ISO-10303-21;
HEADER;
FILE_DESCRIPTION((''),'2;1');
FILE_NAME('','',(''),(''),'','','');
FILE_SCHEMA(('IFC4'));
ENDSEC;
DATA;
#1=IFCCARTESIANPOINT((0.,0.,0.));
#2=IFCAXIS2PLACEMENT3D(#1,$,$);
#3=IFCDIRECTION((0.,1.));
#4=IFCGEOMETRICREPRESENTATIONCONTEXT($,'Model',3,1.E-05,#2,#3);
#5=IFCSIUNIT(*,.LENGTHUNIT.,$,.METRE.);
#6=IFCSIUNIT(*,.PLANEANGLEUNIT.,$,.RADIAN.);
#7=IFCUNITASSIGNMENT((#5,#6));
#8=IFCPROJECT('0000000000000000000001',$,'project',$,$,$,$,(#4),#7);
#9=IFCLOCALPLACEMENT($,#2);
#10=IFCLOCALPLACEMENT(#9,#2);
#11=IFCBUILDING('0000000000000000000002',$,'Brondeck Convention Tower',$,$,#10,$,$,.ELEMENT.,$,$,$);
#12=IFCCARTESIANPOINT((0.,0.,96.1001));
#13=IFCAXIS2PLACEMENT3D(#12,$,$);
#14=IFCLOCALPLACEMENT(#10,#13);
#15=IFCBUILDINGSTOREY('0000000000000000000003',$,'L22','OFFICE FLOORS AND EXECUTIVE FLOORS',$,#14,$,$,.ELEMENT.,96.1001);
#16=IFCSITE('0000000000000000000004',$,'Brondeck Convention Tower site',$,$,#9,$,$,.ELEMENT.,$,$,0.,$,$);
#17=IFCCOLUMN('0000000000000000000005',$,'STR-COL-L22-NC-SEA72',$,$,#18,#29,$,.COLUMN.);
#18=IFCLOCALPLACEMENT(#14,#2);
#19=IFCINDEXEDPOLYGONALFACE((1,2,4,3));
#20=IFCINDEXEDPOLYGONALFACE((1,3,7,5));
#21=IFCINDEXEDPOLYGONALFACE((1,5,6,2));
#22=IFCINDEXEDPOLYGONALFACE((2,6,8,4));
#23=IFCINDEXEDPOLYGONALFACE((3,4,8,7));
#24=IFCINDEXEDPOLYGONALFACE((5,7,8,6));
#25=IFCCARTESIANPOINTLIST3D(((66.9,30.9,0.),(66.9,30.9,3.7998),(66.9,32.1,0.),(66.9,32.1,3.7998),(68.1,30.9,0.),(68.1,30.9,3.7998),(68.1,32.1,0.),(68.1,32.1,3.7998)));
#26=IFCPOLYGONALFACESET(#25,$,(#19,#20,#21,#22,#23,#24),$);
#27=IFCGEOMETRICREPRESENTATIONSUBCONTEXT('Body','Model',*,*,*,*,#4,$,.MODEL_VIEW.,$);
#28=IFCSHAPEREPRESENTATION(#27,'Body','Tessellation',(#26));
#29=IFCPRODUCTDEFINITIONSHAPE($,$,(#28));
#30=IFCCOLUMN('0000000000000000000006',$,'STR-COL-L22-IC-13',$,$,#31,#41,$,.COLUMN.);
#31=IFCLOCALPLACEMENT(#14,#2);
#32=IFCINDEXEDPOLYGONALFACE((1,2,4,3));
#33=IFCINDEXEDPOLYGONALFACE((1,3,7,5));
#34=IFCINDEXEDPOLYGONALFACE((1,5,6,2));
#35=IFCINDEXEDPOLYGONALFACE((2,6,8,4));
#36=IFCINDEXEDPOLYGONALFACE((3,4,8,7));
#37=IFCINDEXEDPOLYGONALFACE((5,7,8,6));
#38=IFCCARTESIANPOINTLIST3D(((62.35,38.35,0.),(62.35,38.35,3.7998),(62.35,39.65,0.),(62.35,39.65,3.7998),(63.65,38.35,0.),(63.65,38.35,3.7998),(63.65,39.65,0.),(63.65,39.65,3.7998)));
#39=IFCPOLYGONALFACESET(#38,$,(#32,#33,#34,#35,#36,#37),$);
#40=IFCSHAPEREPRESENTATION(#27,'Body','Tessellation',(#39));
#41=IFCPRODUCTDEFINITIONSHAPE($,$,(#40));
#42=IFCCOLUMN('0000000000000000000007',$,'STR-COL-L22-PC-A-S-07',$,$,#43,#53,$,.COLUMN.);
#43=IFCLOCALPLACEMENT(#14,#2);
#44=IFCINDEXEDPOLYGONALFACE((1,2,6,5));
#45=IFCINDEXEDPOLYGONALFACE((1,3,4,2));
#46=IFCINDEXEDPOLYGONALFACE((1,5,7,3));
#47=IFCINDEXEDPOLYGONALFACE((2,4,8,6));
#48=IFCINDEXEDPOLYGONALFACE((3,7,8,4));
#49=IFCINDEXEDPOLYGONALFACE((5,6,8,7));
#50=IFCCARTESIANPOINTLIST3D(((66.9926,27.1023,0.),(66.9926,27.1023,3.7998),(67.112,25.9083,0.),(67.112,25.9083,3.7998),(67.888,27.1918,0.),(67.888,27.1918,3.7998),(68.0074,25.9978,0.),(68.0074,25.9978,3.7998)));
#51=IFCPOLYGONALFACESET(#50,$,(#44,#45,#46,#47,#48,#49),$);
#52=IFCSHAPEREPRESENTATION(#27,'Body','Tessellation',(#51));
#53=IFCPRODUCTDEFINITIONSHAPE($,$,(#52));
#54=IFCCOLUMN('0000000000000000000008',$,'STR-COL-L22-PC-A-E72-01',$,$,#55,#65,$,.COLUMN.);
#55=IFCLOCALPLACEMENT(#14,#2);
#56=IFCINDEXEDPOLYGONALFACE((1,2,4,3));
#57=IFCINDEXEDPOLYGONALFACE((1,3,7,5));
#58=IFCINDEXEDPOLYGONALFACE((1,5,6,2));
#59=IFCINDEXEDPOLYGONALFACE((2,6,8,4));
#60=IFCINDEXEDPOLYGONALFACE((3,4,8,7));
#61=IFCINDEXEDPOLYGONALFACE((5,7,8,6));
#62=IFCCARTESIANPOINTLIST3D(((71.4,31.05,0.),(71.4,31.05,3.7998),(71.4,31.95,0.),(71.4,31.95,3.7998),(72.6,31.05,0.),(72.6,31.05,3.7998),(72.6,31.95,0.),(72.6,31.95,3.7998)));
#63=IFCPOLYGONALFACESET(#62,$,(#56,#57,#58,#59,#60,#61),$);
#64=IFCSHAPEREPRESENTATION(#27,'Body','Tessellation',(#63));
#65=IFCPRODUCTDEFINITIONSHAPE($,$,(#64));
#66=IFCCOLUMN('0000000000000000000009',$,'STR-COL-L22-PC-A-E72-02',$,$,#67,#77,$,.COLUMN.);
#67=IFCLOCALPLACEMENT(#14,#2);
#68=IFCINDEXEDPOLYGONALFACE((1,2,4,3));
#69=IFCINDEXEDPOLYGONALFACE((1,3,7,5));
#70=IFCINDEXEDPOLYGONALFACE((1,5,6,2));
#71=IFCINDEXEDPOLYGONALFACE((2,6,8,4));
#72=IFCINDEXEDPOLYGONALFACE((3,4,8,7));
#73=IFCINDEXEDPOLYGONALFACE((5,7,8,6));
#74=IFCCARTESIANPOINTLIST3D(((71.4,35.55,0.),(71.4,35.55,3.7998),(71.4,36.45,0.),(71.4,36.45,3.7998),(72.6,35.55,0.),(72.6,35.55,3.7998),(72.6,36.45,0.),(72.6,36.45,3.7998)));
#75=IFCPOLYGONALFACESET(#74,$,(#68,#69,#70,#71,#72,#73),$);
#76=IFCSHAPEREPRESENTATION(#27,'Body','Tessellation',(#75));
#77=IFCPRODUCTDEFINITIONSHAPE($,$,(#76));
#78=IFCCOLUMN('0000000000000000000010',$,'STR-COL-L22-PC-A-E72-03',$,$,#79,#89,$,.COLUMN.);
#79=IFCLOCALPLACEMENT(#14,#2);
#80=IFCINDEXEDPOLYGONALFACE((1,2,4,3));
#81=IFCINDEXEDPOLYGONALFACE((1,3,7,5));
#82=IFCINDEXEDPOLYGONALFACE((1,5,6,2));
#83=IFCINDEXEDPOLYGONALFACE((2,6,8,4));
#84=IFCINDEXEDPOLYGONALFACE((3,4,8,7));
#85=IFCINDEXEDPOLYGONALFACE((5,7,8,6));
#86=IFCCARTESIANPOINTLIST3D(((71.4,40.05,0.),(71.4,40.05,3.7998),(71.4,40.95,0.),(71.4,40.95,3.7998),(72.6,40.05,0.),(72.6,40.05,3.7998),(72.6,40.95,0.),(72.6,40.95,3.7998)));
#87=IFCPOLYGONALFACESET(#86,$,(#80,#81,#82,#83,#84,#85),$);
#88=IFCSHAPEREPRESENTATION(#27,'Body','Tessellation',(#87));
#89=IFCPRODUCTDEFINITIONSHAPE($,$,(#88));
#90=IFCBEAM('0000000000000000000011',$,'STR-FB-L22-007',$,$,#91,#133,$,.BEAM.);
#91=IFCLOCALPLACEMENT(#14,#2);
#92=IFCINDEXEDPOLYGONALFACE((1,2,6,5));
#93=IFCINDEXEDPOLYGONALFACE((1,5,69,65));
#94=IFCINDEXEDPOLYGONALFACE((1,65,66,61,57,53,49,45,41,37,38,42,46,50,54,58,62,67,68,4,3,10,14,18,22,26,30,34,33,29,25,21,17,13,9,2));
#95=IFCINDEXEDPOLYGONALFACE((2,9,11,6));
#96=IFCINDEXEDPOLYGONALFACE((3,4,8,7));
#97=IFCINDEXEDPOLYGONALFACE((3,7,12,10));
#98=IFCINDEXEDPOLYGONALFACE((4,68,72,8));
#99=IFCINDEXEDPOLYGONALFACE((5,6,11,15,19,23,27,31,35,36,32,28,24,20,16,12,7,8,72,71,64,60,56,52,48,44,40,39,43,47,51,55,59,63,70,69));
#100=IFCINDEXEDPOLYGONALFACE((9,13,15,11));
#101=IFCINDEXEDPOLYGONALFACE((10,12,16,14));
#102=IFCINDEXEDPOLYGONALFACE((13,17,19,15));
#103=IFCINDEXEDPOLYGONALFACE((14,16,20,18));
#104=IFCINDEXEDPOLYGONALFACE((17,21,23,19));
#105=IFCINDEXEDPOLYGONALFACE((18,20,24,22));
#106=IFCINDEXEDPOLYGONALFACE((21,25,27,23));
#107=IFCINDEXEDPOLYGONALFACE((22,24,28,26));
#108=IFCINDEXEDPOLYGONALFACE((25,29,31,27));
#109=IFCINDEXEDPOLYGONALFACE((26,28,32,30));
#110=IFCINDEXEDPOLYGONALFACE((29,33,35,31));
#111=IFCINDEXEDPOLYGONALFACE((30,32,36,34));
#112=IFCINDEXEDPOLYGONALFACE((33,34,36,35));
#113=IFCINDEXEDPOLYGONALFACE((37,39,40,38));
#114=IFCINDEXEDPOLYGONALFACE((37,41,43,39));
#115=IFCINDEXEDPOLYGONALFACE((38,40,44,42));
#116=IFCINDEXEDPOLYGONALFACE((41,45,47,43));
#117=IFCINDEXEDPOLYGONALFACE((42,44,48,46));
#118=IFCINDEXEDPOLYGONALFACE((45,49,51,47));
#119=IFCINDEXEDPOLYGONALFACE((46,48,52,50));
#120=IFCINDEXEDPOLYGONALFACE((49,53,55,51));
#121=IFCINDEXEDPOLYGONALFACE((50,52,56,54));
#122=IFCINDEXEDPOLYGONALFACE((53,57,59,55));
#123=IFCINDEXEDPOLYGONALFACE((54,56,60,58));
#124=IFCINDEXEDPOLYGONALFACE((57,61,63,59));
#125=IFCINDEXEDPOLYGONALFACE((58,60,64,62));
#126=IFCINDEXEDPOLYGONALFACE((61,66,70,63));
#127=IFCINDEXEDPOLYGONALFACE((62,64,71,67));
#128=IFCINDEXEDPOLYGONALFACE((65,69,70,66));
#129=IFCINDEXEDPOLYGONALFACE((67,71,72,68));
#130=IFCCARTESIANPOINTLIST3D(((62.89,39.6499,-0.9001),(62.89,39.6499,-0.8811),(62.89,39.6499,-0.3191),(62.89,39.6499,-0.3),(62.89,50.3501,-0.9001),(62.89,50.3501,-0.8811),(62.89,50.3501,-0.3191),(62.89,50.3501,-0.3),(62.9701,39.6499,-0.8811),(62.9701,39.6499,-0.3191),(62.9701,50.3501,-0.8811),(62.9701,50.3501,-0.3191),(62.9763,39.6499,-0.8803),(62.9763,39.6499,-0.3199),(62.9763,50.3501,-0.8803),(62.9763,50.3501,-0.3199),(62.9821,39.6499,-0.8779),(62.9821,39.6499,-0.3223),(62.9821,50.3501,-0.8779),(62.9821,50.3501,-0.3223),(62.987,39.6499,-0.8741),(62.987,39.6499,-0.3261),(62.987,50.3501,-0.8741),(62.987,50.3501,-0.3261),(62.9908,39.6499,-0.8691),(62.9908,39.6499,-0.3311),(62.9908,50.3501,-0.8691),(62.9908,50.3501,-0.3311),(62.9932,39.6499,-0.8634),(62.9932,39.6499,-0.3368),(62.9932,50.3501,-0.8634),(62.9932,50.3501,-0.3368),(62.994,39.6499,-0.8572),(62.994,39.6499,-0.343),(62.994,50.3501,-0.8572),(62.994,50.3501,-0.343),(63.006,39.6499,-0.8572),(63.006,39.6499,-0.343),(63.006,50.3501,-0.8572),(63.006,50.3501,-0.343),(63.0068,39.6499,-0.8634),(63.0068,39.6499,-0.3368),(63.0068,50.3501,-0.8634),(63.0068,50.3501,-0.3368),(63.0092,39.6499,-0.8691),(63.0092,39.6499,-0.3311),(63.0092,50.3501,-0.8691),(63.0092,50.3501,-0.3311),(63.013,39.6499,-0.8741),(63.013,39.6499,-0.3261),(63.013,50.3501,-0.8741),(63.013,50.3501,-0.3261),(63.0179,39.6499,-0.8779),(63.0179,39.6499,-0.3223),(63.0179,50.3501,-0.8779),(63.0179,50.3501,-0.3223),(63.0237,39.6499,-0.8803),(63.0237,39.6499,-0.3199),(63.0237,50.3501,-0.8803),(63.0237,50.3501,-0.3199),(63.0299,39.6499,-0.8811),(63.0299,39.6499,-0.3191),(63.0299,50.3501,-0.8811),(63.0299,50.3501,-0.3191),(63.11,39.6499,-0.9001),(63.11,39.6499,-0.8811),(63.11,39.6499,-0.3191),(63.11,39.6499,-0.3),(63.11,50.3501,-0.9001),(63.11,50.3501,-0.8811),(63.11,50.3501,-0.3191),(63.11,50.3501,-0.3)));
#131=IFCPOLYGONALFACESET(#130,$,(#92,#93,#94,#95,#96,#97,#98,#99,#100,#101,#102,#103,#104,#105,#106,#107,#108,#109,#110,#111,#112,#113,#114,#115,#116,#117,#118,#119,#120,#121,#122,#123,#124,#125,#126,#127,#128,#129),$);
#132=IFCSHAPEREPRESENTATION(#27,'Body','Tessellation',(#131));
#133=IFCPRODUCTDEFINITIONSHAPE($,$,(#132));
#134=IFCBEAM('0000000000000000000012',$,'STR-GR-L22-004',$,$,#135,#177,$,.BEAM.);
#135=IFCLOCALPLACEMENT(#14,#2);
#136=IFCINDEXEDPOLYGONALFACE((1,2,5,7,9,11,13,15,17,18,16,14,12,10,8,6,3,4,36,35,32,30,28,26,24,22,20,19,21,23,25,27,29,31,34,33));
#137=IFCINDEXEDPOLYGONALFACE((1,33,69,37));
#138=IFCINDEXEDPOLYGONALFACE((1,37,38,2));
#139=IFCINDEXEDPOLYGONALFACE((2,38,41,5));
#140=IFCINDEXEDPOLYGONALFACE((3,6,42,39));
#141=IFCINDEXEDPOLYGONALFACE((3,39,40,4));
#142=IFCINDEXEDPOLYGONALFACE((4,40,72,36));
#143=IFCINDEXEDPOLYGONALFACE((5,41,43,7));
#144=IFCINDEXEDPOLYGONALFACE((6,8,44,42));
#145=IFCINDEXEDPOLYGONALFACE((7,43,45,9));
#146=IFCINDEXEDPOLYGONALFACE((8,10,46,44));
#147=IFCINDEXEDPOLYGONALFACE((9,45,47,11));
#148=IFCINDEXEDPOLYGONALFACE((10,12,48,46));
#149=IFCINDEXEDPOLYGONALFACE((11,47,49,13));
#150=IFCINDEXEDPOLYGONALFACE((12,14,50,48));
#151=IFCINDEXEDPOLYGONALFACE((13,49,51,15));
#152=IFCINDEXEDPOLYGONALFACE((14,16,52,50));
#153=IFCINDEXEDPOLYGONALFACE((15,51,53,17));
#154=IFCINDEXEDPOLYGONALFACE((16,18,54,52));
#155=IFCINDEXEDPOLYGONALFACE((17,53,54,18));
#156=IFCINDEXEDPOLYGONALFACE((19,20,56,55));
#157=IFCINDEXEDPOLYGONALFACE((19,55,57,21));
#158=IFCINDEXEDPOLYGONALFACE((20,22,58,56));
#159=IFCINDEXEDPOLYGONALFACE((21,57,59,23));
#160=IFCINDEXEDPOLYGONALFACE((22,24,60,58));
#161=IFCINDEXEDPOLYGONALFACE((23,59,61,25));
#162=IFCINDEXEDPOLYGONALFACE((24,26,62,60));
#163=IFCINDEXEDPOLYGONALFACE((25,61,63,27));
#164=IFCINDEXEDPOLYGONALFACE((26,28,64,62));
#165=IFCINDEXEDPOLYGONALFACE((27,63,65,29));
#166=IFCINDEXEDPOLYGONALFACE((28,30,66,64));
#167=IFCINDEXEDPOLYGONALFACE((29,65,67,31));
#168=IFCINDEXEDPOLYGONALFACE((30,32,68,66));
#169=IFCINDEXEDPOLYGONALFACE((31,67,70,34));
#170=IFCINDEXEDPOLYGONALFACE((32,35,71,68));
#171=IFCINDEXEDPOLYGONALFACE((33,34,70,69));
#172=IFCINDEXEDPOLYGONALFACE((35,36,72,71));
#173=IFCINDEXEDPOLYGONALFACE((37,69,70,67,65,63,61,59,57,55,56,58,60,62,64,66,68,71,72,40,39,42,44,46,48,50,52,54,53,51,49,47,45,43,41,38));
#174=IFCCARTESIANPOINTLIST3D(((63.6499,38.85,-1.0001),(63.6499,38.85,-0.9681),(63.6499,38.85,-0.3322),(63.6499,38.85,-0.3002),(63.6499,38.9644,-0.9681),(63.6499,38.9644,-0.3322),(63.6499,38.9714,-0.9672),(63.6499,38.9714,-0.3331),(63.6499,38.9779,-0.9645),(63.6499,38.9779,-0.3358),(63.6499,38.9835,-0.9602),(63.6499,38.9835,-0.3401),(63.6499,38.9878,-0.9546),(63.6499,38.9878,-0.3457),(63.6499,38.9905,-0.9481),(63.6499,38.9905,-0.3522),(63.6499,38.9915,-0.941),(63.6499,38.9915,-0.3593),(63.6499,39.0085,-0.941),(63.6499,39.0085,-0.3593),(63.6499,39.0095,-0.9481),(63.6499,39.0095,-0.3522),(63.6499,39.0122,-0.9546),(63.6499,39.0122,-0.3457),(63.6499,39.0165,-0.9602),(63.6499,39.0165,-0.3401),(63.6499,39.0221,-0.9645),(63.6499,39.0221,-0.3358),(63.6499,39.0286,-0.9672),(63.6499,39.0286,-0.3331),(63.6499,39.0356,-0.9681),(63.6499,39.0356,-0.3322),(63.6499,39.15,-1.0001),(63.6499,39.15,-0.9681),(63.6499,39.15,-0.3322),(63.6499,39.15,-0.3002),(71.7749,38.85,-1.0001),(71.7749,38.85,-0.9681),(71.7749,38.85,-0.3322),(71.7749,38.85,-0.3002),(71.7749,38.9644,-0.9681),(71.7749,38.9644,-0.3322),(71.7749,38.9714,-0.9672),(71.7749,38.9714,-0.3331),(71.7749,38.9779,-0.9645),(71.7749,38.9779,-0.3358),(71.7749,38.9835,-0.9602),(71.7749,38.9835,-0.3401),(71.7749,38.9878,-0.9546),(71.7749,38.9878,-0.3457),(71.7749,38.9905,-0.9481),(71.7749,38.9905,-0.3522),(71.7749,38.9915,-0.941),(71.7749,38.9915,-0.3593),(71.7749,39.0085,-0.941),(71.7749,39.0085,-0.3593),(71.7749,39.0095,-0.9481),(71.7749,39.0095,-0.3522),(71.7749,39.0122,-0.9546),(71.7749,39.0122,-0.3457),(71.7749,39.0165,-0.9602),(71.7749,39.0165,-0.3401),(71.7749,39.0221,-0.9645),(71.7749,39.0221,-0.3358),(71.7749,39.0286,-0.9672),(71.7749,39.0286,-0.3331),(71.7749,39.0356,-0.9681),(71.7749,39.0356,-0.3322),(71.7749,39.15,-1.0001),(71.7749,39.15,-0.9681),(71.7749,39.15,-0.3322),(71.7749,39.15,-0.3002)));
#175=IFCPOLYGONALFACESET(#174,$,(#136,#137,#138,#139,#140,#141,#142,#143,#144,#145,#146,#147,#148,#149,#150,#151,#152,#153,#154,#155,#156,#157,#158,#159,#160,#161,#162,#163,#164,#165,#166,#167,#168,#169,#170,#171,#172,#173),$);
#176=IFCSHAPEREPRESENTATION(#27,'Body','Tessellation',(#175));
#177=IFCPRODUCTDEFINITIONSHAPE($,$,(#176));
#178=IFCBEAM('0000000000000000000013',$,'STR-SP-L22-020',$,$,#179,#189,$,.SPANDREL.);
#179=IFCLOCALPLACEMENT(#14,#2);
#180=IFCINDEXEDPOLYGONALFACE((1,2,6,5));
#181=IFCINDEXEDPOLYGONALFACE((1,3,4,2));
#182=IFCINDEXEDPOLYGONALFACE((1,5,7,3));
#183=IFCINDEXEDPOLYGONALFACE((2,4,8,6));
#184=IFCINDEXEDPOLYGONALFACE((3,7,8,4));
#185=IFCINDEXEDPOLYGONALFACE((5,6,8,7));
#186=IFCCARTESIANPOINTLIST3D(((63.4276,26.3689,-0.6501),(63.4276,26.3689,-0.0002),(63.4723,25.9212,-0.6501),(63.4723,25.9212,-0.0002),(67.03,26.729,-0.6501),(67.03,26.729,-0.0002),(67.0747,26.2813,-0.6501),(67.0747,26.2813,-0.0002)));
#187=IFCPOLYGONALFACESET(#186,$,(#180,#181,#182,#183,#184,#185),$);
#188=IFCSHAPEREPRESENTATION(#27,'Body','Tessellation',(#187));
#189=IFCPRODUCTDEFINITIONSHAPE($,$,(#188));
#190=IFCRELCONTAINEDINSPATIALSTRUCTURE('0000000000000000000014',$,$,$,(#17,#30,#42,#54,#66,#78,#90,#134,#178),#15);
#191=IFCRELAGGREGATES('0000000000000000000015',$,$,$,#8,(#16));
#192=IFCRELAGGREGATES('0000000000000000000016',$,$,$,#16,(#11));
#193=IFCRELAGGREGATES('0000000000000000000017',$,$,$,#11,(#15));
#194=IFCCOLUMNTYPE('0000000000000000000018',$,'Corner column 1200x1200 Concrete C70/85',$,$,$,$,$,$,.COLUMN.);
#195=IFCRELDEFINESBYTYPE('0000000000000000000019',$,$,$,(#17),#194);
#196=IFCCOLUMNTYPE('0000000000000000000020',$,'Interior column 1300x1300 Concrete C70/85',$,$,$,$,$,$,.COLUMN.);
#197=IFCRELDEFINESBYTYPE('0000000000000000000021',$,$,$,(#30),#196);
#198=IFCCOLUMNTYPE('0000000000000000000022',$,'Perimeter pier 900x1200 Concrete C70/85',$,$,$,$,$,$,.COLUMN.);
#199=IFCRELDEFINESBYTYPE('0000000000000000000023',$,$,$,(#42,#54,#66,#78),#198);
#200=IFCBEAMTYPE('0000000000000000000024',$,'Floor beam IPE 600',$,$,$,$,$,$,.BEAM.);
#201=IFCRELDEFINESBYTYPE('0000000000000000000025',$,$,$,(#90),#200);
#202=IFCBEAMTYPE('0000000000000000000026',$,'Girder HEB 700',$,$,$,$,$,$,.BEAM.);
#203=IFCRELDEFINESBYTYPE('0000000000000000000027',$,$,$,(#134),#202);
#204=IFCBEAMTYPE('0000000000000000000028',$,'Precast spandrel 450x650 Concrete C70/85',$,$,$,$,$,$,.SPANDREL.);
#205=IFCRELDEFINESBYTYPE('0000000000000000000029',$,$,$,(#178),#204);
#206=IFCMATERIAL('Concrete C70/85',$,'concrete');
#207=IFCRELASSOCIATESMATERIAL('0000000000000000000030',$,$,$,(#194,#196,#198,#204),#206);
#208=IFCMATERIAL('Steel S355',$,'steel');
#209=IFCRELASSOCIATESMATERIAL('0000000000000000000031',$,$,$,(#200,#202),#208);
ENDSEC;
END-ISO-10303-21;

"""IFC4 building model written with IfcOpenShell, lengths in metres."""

from ifc_helpers import new_model, si_unit, direction, frame, origin, origin_2d, place, context, subcontext, project, spatial, rectangle, i_section, extrude, material, material_profile, profile_set, type_object, element, save


model = new_model("IFC4")

# Units and contexts
model_context = context("Model", 3, precision=1e-05, world=origin(), true_north=direction((0.0, 1.0)))
body_context = subcontext(model_context, "Body", "Model", "MODEL_VIEW")
ifc_project = project(units=[si_unit("LENGTHUNIT", "METRE"), si_unit("PLANEANGLEUNIT", "RADIAN")], contexts=[model_context])

# Site, building, storey
site_placement = place(None, origin())
site = spatial("IfcSite", under=ifc_project, at=site_placement, Name="Brondeck Convention Tower site", CompositionType="ELEMENT", RefElevation=0.0)
building_placement = place(site_placement, origin())
building = spatial("IfcBuilding", under=site, at=building_placement, Name="Brondeck Convention Tower", CompositionType="ELEMENT")
storey_placement = place(building_placement, frame((0.0, 0.0, 96.1001)))
storey = spatial("IfcBuildingStorey", under=building, at=storey_placement, Name="L22", Description="OFFICE FLOORS AND EXECUTIVE FLOORS", CompositionType="ELEMENT", Elevation=96.1001)

# Columns
ifc_material_1 = material(Name="Concrete C70/85", Category="concrete")
ifc_material_profile_1 = material_profile(ifc_material_1, rectangle(XDim=1.2, YDim=1.2, at=origin_2d()), Name="Corner column 1200x1200 Concrete C70/85")
ifc_profile_set_1 = profile_set([ifc_material_profile_1], Name="Concrete C70/85")
column_type_1 = type_object("IfcColumnType", Name="Corner column 1200x1200 Concrete C70/85", PredefinedType="COLUMN", material=ifc_profile_set_1)
column_1_placement = place(storey_placement, frame((67.5, 31.5, 0.0), z_axis=(0.0, 0.0, 1.0), x_axis=(1.0, 0.0, 0.0)))
element("IfcColumn", 1, at=column_1_placement, inside=storey, type_object=column_type_1, Name="STR-COL-L22-NC-SEA72", PredefinedType="COLUMN", context=body_context, shape_type="SweptSolid", body=[
    extrude(rectangle(XDim=1.2, YDim=1.2, at=origin_2d()), origin(), (0.0, 0.0, 1.0), 3.7998),
])
ifc_material_profile_2 = material_profile(ifc_material_1, rectangle(XDim=1.3, YDim=1.3, at=origin_2d()), Name="Interior column 1300x1300 Concrete C70/85")
ifc_profile_set_2 = profile_set([ifc_material_profile_2], Name="Concrete C70/85")
column_type_2 = type_object("IfcColumnType", Name="Interior column 1300x1300 Concrete C70/85", PredefinedType="COLUMN", material=ifc_profile_set_2)
column_2_placement = place(storey_placement, frame((63.0, 39.0, 0.0), z_axis=(0.0, 0.0, 1.0), x_axis=(1.0, 0.0, 0.0)))
element("IfcColumn", 2, at=column_2_placement, inside=storey, type_object=column_type_2, Name="STR-COL-L22-IC-13", PredefinedType="COLUMN", context=body_context, shape_type="SweptSolid", body=[
    extrude(rectangle(XDim=1.3, YDim=1.3, at=origin_2d()), origin(), (0.0, 0.0, 1.0), 3.7998),
])
ifc_material_profile_3 = material_profile(ifc_material_1, rectangle(XDim=0.8999, YDim=1.2, at=origin_2d()), Name="Perimeter pier 900x1200 Concrete C70/85")
ifc_profile_set_3 = profile_set([ifc_material_profile_3], Name="Concrete C70/85")
column_type_3 = type_object("IfcColumnType", Name="Perimeter pier 900x1200 Concrete C70/85", PredefinedType="COLUMN", material=ifc_profile_set_3)
for number, where, z_axis, x_axis, name in (
    (3, (67.5, 26.55, 0.0), (0.0, 0.0, 1.0), (0.995037, 0.099504, 0.0), "STR-COL-L22-PC-A-S-07"),
    (4, (72.0, 31.5, 0.0), (0.0, 0.0, 1.0), (0.0, 1.0, 0.0), "STR-COL-L22-PC-A-E72-01"),
    (5, (72.0, 36.0, 0.0), (0.0, 0.0, 1.0), (0.0, 1.0, 0.0), "STR-COL-L22-PC-A-E72-02"),
    (6, (72.0, 40.5, 0.0), (0.0, 0.0, 1.0), (0.0, 1.0, 0.0), "STR-COL-L22-PC-A-E72-03"),
):
    element("IfcColumn", number, at=place(storey_placement, frame(where, z_axis=z_axis, x_axis=x_axis)), inside=storey, type_object=column_type_3, Name=name, PredefinedType="COLUMN", context=body_context, shape_type="SweptSolid", body=[
        extrude(rectangle(XDim=0.8999, YDim=1.2, at=origin_2d()), origin(), (0.0, 0.0, 1.0), 3.7998),
    ])

# Beams
ifc_material_2 = material(Name="Steel S355", Category="steel")
ifc_material_profile_4 = material_profile(ifc_material_2, i_section(OverallWidth=0.22, OverallDepth=0.6001, WebThickness=0.012, FlangeThickness=0.019, FilletRadius=0.0239, at=origin_2d()), Name="IPE 600")
ifc_profile_set_4 = profile_set([ifc_material_profile_4], Name="Steel S355")
beam_type_1 = type_object("IfcBeamType", Name="Floor beam IPE 600", PredefinedType="BEAM", material=ifc_profile_set_4)
beam_1_placement = place(storey_placement, frame((63.0, 39.6499, -0.6001), z_axis=(0.0, 1.0, 0.0), x_axis=(-1.0, 0.0, 0.0)))
element("IfcBeam", 7, at=beam_1_placement, inside=storey, type_object=beam_type_1, Name="STR-FB-L22-007", PredefinedType="BEAM", context=body_context, shape_type="SweptSolid", body=[
    extrude(i_section(OverallWidth=0.22, OverallDepth=0.6001, WebThickness=0.012, FlangeThickness=0.019, FilletRadius=0.0239, at=origin_2d()), origin(), (0.0, 0.0, 1.0), 10.7002),
])
ifc_material_profile_5 = material_profile(ifc_material_2, i_section(OverallWidth=0.3, OverallDepth=0.7, WebThickness=0.0171, FlangeThickness=0.032, FilletRadius=0.0271, at=origin_2d()), Name="HEB 700")
ifc_profile_set_5 = profile_set([ifc_material_profile_5], Name="Steel S355")
beam_type_2 = type_object("IfcBeamType", Name="Girder HEB 700", PredefinedType="BEAM", material=ifc_profile_set_5)
beam_2_placement = place(storey_placement, frame((63.6499, 39.0, -0.6501), z_axis=(1.0, 0.0, 0.0), x_axis=(0.0, 1.0, 0.0)))
element("IfcBeam", 8, at=beam_2_placement, inside=storey, type_object=beam_type_2, Name="STR-GR-L22-004", PredefinedType="BEAM", context=body_context, shape_type="SweptSolid", body=[
    extrude(i_section(OverallWidth=0.3, OverallDepth=0.7, WebThickness=0.0171, FlangeThickness=0.032, FilletRadius=0.0271, at=origin_2d()), origin(), (0.0, 0.0, 1.0), 8.125),
])
ifc_material_profile_6 = material_profile(ifc_material_1, rectangle(XDim=0.45, YDim=0.6499, at=origin_2d()), Name="Precast spandrel 450x650 Concrete C70/85")
ifc_profile_set_6 = profile_set([ifc_material_profile_6], Name="Concrete C70/85")
beam_type_3 = type_object("IfcBeamType", Name="Precast spandrel 450x650 Concrete C70/85", PredefinedType="SPANDREL", material=ifc_profile_set_6)
beam_3_placement = place(storey_placement, frame((63.45, 26.145, -0.3252), z_axis=(0.995041, 0.09947, 0.0), x_axis=(-0.09947, 0.995041, 0.0)))
element("IfcBeam", 9, at=beam_3_placement, inside=storey, type_object=beam_type_3, Name="STR-SP-L22-020", PredefinedType="SPANDREL", context=body_context, shape_type="SweptSolid", body=[
    extrude(rectangle(XDim=0.45, YDim=0.6499, at=origin_2d()), origin(), (0.0, 0.0, 1.0), 3.6204),
])

save(model, "model.ifc")
